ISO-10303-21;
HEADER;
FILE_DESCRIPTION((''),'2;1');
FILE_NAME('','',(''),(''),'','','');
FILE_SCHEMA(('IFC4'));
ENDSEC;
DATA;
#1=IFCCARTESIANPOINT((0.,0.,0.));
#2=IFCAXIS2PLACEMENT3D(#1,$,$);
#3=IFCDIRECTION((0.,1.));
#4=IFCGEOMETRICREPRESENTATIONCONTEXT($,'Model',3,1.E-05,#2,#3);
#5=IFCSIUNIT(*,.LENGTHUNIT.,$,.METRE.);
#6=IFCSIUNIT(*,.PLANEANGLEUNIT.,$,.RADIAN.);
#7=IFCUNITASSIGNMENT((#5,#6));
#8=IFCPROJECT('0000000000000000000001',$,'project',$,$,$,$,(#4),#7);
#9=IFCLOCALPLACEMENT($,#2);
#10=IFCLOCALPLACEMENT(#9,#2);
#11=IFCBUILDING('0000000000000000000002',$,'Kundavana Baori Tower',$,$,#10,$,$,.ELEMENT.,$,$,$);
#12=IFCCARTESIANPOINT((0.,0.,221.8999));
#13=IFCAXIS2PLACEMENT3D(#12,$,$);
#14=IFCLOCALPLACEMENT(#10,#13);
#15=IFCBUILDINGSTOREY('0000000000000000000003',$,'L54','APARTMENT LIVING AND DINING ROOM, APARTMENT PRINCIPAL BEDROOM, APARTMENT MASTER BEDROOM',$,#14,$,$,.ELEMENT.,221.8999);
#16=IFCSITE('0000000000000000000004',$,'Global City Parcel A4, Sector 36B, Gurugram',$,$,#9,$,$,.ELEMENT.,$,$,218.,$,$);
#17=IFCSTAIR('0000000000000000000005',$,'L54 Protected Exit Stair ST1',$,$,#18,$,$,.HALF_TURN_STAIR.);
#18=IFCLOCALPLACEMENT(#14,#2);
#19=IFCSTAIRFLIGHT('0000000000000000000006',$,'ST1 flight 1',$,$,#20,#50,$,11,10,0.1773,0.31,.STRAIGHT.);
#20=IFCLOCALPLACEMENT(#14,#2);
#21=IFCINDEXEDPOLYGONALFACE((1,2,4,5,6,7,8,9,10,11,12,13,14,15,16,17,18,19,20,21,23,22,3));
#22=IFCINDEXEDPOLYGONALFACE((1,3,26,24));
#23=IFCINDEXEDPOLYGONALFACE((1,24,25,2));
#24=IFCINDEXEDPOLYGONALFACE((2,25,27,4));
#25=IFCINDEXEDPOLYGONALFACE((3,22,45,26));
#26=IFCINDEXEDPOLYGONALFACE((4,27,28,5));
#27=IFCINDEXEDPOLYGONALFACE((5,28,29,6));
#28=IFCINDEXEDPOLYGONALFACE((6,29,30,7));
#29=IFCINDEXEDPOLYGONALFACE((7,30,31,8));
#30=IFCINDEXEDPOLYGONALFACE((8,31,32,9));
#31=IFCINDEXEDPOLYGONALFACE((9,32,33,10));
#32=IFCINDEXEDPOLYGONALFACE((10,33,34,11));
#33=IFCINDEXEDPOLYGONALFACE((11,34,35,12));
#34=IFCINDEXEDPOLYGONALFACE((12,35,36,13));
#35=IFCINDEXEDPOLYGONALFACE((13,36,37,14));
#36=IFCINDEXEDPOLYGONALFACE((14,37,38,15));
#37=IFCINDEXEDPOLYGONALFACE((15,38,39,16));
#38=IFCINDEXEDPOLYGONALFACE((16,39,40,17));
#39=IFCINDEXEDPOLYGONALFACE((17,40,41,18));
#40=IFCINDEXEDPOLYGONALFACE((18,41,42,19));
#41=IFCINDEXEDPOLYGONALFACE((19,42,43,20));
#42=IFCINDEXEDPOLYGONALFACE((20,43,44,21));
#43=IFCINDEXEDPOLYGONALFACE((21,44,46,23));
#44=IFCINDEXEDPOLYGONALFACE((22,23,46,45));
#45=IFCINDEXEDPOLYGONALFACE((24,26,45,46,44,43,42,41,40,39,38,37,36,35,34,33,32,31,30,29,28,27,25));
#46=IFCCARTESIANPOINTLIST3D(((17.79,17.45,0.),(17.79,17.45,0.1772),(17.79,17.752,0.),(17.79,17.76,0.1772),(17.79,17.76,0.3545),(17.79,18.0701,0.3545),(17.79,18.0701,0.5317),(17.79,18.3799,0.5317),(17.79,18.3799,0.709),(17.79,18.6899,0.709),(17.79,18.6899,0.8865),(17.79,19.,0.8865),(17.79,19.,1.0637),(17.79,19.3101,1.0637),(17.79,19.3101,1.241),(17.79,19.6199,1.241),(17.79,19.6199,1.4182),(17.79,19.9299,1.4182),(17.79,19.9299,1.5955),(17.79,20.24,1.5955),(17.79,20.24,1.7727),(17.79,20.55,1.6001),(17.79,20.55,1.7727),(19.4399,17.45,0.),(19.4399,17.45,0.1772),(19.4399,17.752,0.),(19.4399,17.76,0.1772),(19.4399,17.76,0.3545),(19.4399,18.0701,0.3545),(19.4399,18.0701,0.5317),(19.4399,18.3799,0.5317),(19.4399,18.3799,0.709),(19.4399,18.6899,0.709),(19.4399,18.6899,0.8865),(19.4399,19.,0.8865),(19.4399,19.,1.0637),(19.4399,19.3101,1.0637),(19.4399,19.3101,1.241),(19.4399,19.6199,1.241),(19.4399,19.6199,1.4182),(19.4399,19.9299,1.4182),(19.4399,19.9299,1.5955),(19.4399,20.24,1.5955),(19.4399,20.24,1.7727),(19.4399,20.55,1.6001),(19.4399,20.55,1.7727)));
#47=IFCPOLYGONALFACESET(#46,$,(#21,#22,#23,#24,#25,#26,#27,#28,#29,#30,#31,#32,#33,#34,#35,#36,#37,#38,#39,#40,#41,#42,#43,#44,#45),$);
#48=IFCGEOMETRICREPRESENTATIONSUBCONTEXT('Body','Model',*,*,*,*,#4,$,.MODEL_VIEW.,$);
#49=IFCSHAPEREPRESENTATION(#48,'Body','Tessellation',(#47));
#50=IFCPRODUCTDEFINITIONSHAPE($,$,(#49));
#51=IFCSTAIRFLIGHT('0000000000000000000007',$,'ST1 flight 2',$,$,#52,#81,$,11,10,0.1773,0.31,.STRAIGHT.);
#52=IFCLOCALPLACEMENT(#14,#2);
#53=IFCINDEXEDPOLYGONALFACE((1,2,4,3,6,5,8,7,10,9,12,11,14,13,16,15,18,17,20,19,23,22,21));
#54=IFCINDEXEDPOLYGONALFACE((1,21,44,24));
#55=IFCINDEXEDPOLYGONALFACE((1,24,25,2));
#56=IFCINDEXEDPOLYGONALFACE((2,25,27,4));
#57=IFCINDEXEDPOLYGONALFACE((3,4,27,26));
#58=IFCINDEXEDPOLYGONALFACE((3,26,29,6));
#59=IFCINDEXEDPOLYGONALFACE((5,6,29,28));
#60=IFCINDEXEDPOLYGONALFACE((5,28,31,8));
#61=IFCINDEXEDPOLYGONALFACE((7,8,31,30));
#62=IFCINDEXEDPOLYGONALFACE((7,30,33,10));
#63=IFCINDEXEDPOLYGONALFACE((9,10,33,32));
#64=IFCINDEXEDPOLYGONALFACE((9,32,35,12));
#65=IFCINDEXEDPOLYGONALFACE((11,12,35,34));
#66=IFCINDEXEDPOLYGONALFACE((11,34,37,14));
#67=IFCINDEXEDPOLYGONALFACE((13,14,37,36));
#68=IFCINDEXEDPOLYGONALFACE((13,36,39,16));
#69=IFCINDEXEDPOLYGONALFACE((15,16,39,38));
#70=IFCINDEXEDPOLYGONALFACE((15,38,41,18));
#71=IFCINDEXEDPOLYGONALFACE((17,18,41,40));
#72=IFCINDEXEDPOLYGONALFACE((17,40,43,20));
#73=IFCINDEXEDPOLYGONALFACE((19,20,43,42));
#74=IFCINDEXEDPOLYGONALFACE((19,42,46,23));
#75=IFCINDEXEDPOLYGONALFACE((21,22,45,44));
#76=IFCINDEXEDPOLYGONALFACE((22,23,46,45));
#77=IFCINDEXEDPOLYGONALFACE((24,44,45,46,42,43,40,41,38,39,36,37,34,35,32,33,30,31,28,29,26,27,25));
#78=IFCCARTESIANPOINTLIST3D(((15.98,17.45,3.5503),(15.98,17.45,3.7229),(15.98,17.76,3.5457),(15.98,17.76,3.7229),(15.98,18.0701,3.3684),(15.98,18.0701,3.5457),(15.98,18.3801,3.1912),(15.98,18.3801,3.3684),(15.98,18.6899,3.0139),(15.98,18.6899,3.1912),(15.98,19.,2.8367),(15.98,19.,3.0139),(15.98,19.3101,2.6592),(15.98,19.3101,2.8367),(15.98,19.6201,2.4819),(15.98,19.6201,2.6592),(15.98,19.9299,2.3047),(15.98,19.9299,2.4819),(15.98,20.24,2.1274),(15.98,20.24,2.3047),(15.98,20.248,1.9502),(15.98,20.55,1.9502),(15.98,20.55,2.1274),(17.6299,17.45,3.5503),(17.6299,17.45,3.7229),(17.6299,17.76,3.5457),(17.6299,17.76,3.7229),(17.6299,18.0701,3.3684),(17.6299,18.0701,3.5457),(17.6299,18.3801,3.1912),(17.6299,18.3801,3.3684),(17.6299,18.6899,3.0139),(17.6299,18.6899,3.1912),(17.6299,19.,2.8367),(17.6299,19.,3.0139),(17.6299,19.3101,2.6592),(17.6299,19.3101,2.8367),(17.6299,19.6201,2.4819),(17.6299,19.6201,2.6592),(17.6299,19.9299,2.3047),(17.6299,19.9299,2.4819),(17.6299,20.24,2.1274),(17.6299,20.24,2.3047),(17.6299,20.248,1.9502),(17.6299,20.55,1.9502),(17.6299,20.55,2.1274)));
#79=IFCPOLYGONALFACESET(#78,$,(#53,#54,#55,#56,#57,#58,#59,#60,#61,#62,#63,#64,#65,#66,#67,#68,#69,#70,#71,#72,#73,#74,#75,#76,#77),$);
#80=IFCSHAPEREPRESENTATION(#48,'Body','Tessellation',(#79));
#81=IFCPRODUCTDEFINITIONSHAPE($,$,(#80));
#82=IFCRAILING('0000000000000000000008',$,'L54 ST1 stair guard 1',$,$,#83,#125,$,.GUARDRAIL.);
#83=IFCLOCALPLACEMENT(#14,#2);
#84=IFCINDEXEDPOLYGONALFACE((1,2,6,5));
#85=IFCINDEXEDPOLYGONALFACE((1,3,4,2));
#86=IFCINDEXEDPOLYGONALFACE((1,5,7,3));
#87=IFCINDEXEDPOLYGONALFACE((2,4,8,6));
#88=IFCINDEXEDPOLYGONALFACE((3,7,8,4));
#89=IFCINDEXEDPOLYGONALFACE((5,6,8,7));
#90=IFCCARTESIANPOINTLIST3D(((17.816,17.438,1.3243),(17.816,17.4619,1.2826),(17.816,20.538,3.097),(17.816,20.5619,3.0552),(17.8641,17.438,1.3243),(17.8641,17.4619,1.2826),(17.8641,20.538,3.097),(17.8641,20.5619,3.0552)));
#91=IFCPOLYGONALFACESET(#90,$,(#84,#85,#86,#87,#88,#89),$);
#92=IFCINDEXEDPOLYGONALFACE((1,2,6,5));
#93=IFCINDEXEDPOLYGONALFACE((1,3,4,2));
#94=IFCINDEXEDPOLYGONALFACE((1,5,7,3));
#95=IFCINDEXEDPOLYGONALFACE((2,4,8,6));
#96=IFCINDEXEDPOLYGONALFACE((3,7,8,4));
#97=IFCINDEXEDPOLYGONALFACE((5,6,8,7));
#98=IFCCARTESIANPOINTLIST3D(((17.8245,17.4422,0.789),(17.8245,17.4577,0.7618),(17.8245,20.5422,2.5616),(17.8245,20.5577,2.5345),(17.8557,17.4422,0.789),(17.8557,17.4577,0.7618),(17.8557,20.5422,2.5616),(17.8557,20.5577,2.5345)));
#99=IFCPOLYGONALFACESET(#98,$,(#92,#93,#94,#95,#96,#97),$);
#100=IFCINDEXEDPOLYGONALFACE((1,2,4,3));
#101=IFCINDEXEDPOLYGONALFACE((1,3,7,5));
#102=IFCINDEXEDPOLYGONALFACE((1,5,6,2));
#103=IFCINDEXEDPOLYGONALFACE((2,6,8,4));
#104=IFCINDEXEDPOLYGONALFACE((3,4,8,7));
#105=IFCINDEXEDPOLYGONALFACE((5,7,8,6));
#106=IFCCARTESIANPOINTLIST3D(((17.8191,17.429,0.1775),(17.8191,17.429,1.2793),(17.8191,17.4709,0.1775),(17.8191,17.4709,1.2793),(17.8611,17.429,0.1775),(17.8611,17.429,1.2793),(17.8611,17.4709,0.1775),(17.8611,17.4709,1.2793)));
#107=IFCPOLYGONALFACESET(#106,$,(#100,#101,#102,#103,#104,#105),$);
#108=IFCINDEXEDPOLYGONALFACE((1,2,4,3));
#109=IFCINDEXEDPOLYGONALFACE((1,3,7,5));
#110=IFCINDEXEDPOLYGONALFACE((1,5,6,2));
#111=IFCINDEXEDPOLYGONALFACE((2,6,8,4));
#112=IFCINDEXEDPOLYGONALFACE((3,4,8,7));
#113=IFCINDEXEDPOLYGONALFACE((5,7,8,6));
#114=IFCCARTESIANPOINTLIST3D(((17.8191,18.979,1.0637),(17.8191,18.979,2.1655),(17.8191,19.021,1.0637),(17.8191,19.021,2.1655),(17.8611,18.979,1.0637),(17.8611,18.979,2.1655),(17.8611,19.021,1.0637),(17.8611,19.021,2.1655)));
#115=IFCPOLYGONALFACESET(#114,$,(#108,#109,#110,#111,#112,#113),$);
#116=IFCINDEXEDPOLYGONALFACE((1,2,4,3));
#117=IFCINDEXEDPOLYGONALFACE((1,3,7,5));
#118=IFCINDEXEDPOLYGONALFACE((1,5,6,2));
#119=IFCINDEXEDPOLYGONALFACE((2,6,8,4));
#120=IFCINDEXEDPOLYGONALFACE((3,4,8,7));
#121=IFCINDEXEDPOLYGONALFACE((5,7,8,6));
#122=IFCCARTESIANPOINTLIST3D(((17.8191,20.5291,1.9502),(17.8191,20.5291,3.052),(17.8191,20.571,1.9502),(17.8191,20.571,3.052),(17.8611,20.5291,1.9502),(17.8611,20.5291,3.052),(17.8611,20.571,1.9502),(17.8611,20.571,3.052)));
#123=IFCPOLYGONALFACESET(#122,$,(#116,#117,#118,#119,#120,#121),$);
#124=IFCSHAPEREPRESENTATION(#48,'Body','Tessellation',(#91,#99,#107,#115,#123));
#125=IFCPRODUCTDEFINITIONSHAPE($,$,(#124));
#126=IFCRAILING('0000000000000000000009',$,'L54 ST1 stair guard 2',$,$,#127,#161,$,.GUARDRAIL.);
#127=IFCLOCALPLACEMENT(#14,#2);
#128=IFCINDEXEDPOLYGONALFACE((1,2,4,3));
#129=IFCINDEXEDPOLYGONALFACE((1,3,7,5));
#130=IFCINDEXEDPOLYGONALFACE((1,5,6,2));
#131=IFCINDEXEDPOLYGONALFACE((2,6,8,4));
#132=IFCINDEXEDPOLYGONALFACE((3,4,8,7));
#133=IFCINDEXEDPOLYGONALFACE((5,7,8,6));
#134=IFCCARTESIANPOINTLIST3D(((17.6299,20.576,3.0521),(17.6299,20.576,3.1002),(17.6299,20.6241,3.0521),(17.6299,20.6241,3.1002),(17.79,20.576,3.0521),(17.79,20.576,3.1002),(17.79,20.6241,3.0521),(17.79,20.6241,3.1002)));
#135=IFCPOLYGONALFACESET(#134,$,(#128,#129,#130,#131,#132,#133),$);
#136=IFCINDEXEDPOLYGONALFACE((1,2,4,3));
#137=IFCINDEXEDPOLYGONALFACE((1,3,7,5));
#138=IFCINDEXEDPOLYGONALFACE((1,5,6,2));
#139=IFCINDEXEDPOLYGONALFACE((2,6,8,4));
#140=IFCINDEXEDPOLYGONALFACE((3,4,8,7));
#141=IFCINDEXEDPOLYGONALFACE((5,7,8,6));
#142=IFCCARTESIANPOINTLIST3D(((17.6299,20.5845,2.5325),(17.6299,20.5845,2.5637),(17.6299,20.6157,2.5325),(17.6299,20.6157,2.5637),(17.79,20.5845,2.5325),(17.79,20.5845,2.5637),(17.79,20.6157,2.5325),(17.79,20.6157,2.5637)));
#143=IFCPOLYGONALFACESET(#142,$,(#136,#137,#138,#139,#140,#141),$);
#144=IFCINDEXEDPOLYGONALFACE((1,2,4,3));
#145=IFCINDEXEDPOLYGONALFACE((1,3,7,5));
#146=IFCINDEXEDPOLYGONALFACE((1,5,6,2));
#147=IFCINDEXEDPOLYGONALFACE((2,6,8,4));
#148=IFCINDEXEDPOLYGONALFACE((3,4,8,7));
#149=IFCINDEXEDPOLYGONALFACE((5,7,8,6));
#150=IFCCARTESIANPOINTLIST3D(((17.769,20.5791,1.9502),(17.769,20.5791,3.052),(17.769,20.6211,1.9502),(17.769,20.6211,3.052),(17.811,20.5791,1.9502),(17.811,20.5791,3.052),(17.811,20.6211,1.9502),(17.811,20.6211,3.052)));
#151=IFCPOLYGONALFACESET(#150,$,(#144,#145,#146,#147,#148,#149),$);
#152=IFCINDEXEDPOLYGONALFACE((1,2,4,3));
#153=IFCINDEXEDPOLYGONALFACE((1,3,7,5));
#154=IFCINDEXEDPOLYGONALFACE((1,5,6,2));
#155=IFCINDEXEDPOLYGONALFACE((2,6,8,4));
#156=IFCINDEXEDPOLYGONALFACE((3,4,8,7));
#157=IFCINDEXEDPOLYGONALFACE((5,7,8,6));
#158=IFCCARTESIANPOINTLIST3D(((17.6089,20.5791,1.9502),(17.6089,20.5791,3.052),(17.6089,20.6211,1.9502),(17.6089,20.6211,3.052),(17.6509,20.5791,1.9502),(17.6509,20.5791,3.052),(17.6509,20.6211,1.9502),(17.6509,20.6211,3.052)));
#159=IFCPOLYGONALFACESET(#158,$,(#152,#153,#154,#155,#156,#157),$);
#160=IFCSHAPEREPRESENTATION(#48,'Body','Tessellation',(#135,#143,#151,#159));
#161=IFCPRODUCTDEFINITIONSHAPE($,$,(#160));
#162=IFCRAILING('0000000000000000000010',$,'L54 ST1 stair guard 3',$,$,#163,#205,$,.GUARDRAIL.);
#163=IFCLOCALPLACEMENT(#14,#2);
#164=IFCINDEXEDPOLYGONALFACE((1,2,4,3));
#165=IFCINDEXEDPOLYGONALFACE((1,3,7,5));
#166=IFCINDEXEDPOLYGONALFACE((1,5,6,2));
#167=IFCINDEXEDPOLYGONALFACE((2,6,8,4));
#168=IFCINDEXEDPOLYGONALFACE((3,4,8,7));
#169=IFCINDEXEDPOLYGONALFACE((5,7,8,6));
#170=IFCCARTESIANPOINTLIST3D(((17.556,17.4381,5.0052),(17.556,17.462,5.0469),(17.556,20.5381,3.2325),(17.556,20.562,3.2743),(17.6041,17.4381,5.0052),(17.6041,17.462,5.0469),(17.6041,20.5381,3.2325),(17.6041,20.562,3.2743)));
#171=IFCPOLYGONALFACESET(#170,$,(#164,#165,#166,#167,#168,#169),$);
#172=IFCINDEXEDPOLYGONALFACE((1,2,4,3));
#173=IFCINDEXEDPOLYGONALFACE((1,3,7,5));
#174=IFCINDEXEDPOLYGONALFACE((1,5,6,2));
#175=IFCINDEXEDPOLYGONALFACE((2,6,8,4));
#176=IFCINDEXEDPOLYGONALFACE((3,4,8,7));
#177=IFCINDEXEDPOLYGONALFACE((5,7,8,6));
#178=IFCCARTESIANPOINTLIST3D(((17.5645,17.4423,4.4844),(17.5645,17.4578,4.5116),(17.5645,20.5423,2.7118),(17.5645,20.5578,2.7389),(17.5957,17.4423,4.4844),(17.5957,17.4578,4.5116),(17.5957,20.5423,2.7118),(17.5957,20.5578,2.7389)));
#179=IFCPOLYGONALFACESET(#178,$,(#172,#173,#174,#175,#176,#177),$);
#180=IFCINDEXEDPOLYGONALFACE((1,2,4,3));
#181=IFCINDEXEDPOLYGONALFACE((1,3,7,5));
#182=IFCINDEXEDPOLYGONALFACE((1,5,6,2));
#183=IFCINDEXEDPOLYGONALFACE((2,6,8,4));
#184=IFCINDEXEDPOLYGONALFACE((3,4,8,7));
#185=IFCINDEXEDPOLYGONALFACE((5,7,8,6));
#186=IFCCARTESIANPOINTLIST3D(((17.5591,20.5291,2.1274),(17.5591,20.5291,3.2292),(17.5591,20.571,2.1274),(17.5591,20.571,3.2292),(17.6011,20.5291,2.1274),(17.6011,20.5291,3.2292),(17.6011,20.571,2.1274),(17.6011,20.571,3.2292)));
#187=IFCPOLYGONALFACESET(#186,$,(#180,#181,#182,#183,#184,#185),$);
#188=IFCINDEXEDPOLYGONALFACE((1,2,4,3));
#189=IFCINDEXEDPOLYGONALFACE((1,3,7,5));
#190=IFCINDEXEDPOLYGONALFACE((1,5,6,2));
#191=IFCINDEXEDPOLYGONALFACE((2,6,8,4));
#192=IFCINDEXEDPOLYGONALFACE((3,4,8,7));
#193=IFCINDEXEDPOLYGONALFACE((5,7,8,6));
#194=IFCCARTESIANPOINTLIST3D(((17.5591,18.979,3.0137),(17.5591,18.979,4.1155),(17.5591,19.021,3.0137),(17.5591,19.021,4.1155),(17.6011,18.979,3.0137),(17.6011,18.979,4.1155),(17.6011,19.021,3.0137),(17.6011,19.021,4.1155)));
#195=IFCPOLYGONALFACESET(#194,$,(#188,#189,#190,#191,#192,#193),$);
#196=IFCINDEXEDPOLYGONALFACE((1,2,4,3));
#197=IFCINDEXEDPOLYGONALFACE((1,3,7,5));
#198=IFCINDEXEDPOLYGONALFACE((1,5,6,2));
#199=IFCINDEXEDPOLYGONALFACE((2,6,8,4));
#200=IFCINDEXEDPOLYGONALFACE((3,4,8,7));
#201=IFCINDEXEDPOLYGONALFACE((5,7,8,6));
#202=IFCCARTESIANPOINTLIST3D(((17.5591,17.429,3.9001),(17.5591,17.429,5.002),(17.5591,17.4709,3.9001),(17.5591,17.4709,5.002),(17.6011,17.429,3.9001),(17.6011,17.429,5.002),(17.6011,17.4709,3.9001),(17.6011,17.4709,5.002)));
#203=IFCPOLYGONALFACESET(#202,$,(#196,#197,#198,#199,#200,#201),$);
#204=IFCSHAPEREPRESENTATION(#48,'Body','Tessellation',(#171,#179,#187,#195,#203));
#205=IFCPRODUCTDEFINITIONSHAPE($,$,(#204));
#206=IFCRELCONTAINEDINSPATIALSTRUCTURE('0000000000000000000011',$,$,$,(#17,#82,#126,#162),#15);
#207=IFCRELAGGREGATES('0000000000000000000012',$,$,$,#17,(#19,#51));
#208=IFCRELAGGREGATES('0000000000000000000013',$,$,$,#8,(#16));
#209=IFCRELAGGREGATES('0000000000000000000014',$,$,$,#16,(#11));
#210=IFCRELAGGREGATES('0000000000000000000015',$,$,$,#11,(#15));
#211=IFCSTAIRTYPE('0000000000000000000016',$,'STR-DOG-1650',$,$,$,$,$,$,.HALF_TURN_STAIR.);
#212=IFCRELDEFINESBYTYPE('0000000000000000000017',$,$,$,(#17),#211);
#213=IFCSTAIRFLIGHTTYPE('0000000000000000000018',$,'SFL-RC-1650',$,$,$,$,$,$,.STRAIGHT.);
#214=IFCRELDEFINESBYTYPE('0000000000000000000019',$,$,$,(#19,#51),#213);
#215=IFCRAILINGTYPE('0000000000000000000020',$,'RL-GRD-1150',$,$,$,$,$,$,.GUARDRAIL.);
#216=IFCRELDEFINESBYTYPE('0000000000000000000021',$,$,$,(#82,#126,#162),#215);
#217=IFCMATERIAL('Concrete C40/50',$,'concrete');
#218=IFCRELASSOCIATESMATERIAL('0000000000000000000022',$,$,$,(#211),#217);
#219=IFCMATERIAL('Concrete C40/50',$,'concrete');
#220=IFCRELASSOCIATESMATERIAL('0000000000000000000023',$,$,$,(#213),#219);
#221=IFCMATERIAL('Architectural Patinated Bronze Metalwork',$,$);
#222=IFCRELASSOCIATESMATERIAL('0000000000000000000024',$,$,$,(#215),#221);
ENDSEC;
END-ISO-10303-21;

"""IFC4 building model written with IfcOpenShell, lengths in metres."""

from ifc_helpers import new_model, si_unit, direction, frame, origin, origin_2d, place, context, subcontext, project, spatial, polyline, rectangle, outline, extrude, material, type_object, element, aggregate, save


model = new_model("IFC4")

# Units and contexts
model_context = context("Model", 3, precision=1e-05, world=origin(), true_north=direction((0.0, 1.0)))
body_context = subcontext(model_context, "Body", "Model", "MODEL_VIEW")
ifc_project = project(units=[si_unit("LENGTHUNIT", "METRE"), si_unit("PLANEANGLEUNIT", "RADIAN")], contexts=[model_context])

# Site, building, storey
site_placement = place(None, origin())
site = spatial("IfcSite", under=ifc_project, at=site_placement, Name="Global City Parcel A4, Sector 36B, Gurugram", CompositionType="ELEMENT", RefElevation=218.0)
building_placement = place(site_placement, origin())
building = spatial("IfcBuilding", under=site, at=building_placement, Name="Kundavana Baori Tower", CompositionType="ELEMENT")
storey_placement = place(building_placement, frame((0.0, 0.0, 221.8999)))
storey = spatial("IfcBuildingStorey", under=building, at=storey_placement, Name="L54", Description="APARTMENT LIVING AND DINING ROOM, APARTMENT PRINCIPAL BEDROOM, APARTMENT MASTER BEDROOM", CompositionType="ELEMENT", Elevation=221.8999)

# Stair, stair flights
ifc_material_1 = material(Name="Concrete C40/50", Category="concrete")
stair_type = type_object("IfcStairType", Name="STR-DOG-1650", PredefinedType="HALF_TURN_STAIR", material=ifc_material_1)
stair_placement = place(storey_placement, origin())
stair = element("IfcStair", 1, at=stair_placement, inside=storey, type_object=stair_type, Name="L54 Protected Exit Stair ST1", PredefinedType="HALF_TURN_STAIR")
ifc_material_2 = material(Name="Concrete C40/50", Category="concrete")
stair_flight_type = type_object("IfcStairFlightType", Name="SFL-RC-1650", PredefinedType="STRAIGHT", material=ifc_material_2)
stair_flight_1_placement = place(storey_placement, frame((18.615, 17.45, 0.0), z_axis=(0.0, 0.0, 1.0), x_axis=(0.0, 1.0, 0.0)))
stair_flight_1 = element("IfcStairFlight", 2, at=stair_flight_1_placement, type_object=stair_flight_type, Name="ST1 flight 1", NumberOfRisers=11, NumberOfTreads=10, PredefinedType="STRAIGHT", RiserHeight=0.1773, TreadLength=0.31, context=body_context, shape_type="SweptSolid", body=[
    extrude(outline(polyline([(0.0, 0.0), (0.0, 0.1772), (0.3101, 0.1772), (0.3101, 0.3545), (0.6201, 0.3545), (0.6201, 0.5317), (0.9299, 0.5317), (0.9299, 0.709), (1.24, 0.709), (1.24, 0.8865), (1.55, 0.8865), (1.55, 1.0637), (1.8601, 1.0637), (1.8601, 1.241), (2.1699, 1.241), (2.1699, 1.4182), (2.48, 1.4182), (2.48, 1.5955), (2.79, 1.5955), (2.79, 1.7727), (3.1001, 1.7727), (3.1001, 1.95), (3.1001, 1.6001), (0.302, 0.0), (0.0, 0.0)])), frame((0.0, 0.825, 0.0), z_axis=(0.0, -1.0, 0.0), x_axis=(1.0, 0.0, 0.0)), (0.0, 0.0, 1.0), 1.6499),
])
stair_flight_2_placement = place(storey_placement, frame((16.8049, 20.55, 1.9502), z_axis=(0.0, 0.0, 1.0), x_axis=(0.0, -1.0, 0.0)))
stair_flight_2 = element("IfcStairFlight", 3, at=stair_flight_2_placement, type_object=stair_flight_type, Name="ST1 flight 2", NumberOfRisers=11, NumberOfTreads=10, PredefinedType="STRAIGHT", RiserHeight=0.1773, TreadLength=0.31, context=body_context, shape_type="SweptSolid", body=[
    extrude(outline(polyline([(0.0, 0.0), (0.0, 0.1772), (0.3101, 0.1772), (0.3101, 0.3545), (0.6201, 0.3545), (0.6201, 0.5317), (0.9299, 0.5317), (0.9299, 0.709), (1.24, 0.709), (1.24, 0.8865), (1.55, 0.8865), (1.55, 1.0637), (1.8601, 1.0637), (1.8601, 1.241), (2.1699, 1.241), (2.1699, 1.4182), (2.48, 1.4182), (2.48, 1.5955), (2.79, 1.5955), (2.79, 1.7727), (3.1001, 1.7727), (3.1001, 1.95), (3.1001, 1.6001), (0.302, 0.0), (0.0, 0.0)])), frame((0.0, 0.825, 0.0), z_axis=(0.0, -1.0, 0.0), x_axis=(1.0, 0.0, 0.0)), (0.0, 0.0, 1.0), 1.6499),
])
aggregate(stair, [stair_flight_1, stair_flight_2])

# Railings
ifc_material_3 = material(Name="Architectural Patinated Bronze Metalwork")
railing_type_1 = type_object("IfcRailingType", Name="RL-GRD-1150", PredefinedType="GUARDRAIL", material=ifc_material_3)
railing_1_placement = place(storey_placement, frame((17.8401, 17.45, 0.1775)))
element("IfcRailing", 4, at=railing_1_placement, inside=storey, type_object=railing_type_1, Name="L54 ST1 stair guard 1", PredefinedType="GUARDRAIL", context=body_context, shape_type="SweptSolid", body=[
    extrude(rectangle(XDim=0.0481, YDim=0.0481, at=origin_2d()), frame((0.0, 0.0, 1.126), z_axis=(0.0, 0.868096, 0.496397), x_axis=(-1.0, 0.0, 0.0)), (0.0, 0.0, 1.0), 3.571),
    extrude(rectangle(XDim=0.0312, YDim=0.0312, at=origin_2d()), frame((0.0, 0.0, 0.5979), z_axis=(0.0, 0.868096, 0.496397), x_axis=(-1.0, 0.0, 0.0)), (0.0, 0.0, 1.0), 3.571),
    extrude(rectangle(XDim=0.042, YDim=0.042, at=origin_2d()), origin(), (0.0, 0.0, 1.0), 1.1018),
    extrude(rectangle(XDim=0.042, YDim=0.042, at=origin_2d()), frame((0.0, 1.55, 0.8862)), (0.0, 0.0, 1.0), 1.1018),
    extrude(rectangle(XDim=0.042, YDim=0.042, at=origin_2d()), frame((0.0, 3.1001, 1.7727)), (0.0, 0.0, 1.0), 1.1018),
])
railing_2_placement = place(storey_placement, frame((17.79, 20.6001, 1.9502)))
element("IfcRailing", 5, at=railing_2_placement, inside=storey, type_object=railing_type_1, Name="L54 ST1 stair guard 2", PredefinedType="GUARDRAIL", context=body_context, shape_type="SweptSolid", body=[
    extrude(rectangle(XDim=0.0481, YDim=0.0481, at=origin_2d()), frame((0.0, 0.0, 1.126), z_axis=(-1.0, 0.0, 0.0), x_axis=(0.0, -1.0, 0.0)), (0.0, 0.0, 1.0), 0.1602),
    extrude(rectangle(XDim=0.0312, YDim=0.0312, at=origin_2d()), frame((0.0, 0.0, 0.5979), z_axis=(-1.0, 0.0, 0.0), x_axis=(0.0, -1.0, 0.0)), (0.0, 0.0, 1.0), 0.1602),
    extrude(rectangle(XDim=0.042, YDim=0.042, at=origin_2d()), origin(), (0.0, 0.0, 1.0), 1.1018),
    extrude(rectangle(XDim=0.042, YDim=0.042, at=origin_2d()), frame((-0.1602, 0.0, 0.0)), (0.0, 0.0, 1.0), 1.1018),
])
railing_3_placement = place(storey_placement, frame((17.5801, 20.55, 2.1274)))
element("IfcRailing", 6, at=railing_3_placement, inside=storey, type_object=railing_type_1, Name="L54 ST1 stair guard 3", PredefinedType="GUARDRAIL", context=body_context, shape_type="SweptSolid", body=[
    extrude(rectangle(XDim=0.0481, YDim=0.0481, at=origin_2d()), frame((0.0, 0.0, 1.126), z_axis=(0.0, -0.868096, 0.496397), x_axis=(1.0, 0.0, 0.0)), (0.0, 0.0, 1.0), 3.571),
    extrude(rectangle(XDim=0.0312, YDim=0.0312, at=origin_2d()), frame((0.0, 0.0, 0.5979), z_axis=(0.0, -0.868096, 0.496397), x_axis=(1.0, 0.0, 0.0)), (0.0, 0.0, 1.0), 3.571),
    extrude(rectangle(XDim=0.042, YDim=0.042, at=origin_2d()), origin(), (0.0, 0.0, 1.0), 1.1018),
    extrude(rectangle(XDim=0.042, YDim=0.042, at=origin_2d()), frame((0.0, -1.55, 0.8862)), (0.0, 0.0, 1.0), 1.1018),
    extrude(rectangle(XDim=0.042, YDim=0.042, at=origin_2d()), frame((0.0, -3.1001, 1.7727)), (0.0, 0.0, 1.0), 1.1018),
])

save(model, "model.ifc")
